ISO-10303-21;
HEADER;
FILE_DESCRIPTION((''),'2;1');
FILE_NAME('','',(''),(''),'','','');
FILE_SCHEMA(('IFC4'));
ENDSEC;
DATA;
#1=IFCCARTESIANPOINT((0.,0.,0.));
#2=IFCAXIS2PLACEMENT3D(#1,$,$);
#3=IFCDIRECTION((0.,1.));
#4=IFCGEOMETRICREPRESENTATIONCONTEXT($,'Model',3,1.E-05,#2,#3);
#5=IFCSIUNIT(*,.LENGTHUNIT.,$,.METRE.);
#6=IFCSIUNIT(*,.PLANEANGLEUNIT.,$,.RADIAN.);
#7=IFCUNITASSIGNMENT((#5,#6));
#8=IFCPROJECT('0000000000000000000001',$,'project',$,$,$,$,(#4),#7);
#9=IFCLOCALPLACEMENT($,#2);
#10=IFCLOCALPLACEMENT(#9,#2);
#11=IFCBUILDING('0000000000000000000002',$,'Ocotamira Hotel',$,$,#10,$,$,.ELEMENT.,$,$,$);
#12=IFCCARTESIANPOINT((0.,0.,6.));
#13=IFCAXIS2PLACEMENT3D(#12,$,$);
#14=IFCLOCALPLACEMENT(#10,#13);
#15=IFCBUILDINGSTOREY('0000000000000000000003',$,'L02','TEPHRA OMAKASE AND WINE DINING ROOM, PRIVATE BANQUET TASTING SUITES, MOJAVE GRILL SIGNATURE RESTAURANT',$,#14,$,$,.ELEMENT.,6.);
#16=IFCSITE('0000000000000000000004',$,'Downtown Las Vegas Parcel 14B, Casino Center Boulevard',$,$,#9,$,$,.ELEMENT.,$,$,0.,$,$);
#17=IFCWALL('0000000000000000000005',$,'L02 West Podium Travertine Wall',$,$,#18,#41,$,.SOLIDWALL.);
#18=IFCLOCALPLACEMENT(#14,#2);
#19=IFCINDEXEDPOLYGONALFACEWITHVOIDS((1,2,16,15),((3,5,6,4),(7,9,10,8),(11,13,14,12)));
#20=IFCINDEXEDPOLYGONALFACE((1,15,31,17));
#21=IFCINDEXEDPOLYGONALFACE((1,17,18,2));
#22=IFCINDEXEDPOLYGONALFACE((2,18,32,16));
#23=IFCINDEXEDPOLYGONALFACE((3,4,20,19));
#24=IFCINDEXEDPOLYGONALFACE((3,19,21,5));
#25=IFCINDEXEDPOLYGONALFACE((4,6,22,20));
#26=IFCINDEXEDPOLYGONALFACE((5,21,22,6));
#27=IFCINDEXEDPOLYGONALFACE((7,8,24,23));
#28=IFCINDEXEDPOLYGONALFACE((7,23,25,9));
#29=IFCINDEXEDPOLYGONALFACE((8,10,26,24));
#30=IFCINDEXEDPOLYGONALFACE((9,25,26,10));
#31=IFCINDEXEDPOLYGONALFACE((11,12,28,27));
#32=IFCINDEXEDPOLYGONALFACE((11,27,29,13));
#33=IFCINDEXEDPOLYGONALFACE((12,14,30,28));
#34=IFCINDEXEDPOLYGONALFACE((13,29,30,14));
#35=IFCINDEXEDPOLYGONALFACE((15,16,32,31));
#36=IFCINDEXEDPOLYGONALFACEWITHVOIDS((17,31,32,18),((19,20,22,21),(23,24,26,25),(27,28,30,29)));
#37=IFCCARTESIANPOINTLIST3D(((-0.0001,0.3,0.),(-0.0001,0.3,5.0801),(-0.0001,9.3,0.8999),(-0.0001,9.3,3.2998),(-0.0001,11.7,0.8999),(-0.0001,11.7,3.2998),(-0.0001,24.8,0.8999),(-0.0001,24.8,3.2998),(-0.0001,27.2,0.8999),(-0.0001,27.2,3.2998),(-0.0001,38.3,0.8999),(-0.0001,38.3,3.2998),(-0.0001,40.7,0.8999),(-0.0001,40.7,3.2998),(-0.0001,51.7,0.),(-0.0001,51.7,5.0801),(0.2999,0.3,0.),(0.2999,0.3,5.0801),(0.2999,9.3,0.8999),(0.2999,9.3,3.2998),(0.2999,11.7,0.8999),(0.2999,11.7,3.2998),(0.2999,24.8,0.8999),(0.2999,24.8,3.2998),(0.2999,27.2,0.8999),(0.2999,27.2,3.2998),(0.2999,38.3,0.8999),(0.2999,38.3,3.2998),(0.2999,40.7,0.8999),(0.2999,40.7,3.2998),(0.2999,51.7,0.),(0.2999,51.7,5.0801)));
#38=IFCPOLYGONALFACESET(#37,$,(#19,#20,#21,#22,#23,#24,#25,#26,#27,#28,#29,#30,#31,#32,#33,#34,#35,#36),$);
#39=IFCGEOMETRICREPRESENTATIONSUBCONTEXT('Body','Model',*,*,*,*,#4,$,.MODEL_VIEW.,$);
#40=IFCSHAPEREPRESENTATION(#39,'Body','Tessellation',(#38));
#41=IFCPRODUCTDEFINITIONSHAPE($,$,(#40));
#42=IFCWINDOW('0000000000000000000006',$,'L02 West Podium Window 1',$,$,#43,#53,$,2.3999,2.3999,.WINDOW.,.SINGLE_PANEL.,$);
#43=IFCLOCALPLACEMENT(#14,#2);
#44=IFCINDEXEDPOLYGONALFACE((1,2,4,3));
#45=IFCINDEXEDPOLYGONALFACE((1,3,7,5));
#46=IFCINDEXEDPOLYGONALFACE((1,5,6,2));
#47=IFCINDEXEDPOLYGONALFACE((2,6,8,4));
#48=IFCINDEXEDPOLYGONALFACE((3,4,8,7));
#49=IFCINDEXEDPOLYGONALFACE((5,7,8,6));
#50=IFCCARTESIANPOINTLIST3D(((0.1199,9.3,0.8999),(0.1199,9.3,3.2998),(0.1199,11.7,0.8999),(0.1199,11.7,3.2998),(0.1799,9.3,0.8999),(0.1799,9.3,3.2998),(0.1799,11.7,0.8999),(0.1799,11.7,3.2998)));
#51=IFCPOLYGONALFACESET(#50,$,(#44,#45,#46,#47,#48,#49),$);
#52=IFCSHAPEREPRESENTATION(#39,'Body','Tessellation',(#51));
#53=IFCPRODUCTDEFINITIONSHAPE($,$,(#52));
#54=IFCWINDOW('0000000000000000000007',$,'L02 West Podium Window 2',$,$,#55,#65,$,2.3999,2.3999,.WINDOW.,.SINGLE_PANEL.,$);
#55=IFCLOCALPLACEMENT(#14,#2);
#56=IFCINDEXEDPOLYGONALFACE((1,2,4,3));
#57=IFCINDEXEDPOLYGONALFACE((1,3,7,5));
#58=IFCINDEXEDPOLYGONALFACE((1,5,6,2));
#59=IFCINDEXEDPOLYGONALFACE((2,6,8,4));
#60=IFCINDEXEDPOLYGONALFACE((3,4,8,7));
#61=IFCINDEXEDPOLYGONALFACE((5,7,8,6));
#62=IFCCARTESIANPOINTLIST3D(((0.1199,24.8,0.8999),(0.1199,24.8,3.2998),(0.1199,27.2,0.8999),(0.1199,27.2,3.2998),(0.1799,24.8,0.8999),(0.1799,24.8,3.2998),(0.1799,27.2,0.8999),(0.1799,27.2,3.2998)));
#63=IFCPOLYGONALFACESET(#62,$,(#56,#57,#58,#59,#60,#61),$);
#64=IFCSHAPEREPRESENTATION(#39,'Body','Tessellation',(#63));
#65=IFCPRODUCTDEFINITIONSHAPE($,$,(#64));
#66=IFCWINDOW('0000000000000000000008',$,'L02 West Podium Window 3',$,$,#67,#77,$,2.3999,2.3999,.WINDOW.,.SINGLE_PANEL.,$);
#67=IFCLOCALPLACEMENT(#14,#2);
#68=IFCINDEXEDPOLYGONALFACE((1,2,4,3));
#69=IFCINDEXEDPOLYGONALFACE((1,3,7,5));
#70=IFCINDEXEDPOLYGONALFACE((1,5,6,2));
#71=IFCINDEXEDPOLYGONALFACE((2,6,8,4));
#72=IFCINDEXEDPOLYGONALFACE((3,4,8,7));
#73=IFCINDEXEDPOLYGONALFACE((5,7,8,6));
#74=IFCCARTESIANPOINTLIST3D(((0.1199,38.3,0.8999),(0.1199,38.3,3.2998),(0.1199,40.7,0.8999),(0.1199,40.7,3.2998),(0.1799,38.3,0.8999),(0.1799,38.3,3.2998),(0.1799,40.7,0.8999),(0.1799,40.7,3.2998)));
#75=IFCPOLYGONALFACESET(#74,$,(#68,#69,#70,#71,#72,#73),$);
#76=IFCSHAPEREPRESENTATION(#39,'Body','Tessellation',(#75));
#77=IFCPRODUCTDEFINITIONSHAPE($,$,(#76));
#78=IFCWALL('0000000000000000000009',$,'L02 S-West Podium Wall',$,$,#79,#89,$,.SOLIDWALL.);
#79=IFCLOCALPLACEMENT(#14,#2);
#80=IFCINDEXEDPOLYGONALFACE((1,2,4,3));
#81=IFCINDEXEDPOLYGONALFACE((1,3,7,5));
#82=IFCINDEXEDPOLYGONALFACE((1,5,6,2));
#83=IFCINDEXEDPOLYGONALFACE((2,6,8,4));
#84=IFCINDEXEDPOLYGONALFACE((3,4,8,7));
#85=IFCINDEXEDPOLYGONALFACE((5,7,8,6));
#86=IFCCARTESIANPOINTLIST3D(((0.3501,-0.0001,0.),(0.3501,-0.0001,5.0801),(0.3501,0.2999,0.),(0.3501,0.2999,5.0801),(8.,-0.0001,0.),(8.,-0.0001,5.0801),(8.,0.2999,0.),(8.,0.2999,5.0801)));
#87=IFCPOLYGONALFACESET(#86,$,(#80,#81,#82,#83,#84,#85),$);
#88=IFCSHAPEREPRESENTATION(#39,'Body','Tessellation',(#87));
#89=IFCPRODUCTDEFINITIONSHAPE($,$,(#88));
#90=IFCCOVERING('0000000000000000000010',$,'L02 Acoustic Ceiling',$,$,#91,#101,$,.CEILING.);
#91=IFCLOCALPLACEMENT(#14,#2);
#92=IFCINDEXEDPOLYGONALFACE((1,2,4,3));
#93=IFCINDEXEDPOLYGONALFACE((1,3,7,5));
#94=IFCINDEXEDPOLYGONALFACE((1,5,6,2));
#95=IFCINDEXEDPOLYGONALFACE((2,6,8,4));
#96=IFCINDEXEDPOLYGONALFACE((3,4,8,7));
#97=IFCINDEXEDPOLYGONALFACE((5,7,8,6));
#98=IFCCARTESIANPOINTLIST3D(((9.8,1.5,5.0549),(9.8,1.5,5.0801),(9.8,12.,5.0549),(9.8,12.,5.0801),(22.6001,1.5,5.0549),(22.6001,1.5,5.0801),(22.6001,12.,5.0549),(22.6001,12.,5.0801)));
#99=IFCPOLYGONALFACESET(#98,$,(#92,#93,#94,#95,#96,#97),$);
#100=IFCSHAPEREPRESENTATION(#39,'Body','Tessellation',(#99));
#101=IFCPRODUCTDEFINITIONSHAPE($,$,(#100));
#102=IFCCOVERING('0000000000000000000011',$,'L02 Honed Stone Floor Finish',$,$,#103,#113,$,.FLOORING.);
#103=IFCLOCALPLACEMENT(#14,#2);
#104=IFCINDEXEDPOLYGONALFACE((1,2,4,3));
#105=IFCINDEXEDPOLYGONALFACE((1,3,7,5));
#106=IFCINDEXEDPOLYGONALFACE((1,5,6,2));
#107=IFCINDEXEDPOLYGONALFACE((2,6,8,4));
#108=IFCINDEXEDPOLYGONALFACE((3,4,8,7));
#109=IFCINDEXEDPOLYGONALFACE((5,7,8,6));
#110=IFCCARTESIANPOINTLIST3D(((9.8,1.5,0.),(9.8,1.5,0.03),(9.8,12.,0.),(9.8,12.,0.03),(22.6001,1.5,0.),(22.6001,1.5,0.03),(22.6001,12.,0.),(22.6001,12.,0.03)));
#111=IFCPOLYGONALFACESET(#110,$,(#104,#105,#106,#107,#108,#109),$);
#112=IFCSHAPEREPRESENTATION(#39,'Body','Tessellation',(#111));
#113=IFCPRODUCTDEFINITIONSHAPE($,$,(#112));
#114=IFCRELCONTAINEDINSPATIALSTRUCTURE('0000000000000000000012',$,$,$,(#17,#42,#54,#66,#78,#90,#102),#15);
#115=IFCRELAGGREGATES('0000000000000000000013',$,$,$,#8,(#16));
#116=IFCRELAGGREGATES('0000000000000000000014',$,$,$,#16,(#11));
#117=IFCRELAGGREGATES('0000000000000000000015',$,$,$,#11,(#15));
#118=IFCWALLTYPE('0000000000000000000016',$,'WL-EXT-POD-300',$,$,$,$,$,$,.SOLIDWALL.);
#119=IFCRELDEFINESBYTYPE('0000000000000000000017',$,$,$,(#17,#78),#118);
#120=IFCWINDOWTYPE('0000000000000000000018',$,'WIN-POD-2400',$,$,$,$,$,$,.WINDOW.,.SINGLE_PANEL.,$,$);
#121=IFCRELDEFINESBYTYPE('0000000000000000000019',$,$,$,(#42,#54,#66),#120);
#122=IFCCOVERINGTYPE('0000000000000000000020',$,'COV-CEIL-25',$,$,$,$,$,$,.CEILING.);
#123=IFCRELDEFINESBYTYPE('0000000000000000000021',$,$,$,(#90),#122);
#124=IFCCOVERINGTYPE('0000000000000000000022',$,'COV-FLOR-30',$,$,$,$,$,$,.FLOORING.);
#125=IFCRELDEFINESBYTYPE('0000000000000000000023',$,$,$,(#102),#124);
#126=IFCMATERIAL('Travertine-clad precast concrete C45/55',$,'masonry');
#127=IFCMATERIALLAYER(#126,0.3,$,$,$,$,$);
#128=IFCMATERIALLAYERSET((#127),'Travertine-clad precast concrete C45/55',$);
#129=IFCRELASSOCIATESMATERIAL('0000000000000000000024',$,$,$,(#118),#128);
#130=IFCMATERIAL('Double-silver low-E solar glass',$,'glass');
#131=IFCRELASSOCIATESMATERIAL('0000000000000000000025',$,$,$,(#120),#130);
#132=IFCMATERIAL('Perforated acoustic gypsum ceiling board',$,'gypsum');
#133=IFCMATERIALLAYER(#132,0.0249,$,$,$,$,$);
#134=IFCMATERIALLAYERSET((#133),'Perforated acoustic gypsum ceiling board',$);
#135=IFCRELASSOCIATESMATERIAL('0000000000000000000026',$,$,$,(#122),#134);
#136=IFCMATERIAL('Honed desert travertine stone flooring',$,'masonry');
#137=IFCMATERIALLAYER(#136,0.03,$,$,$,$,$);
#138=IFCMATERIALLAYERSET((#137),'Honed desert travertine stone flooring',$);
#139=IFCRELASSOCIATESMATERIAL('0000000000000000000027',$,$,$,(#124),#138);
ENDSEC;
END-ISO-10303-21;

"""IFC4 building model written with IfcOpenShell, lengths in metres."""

from ifc_helpers import new_model, si_unit, direction, frame, frame_2d, origin, place, context, subcontext, project, spatial, polyline, rectangle, outline, extrude, source, transform, mapped, material, layer, layer_set, type_object, element, fill, save


model = new_model("IFC4")

# Units and contexts
model_context = context("Model", 3, precision=1e-05, world=origin(), true_north=direction((0.0, 1.0)))
body_context = subcontext(model_context, "Body", "Model", "MODEL_VIEW")
ifc_project = project(units=[si_unit("LENGTHUNIT", "METRE"), si_unit("PLANEANGLEUNIT", "RADIAN")], contexts=[model_context])

# Site, building, storey
site_placement = place(None, origin())
site = spatial("IfcSite", under=ifc_project, at=site_placement, Name="Downtown Las Vegas Parcel 14B, Casino Center Boulevard", CompositionType="ELEMENT", RefElevation=0.0)
building_placement = place(site_placement, origin())
building = spatial("IfcBuilding", under=site, at=building_placement, Name="Ocotamira Hotel", CompositionType="ELEMENT")
storey_placement = place(building_placement, frame((0.0, 0.0, 6.0)))
storey = spatial("IfcBuildingStorey", under=building, at=storey_placement, Name="L02", Description="TEPHRA OMAKASE AND WINE DINING ROOM, PRIVATE BANQUET TASTING SUITES, MOJAVE GRILL SIGNATURE RESTAURANT", CompositionType="ELEMENT", Elevation=6.0)

# Wall, openings, windows
ifc_material_1 = material(Name="Travertine-clad precast concrete C45/55", Category="masonry")
ifc_layer_1 = layer(ifc_material_1, 0.3)
ifc_layer_set_1 = layer_set([ifc_layer_1], Name="Travertine-clad precast concrete C45/55")
wall_type = type_object("IfcWallType", Name="WL-EXT-POD-300", PredefinedType="SOLIDWALL", material=ifc_layer_set_1)
wall_1_placement = place(storey_placement, frame((0.1499, 0.3, 0.0), z_axis=(0.0, 0.0, 1.0), x_axis=(0.0, 1.0, 0.0)))
wall_1 = element("IfcWall", 1, at=wall_1_placement, inside=storey, type_object=wall_type, Name="L02 West Podium Travertine Wall", PredefinedType="SOLIDWALL", context=body_context, shape_type="SweptSolid", body=[
    extrude(rectangle(XDim=51.3999, YDim=0.3, at=frame_2d((25.7, 0.0))), origin(), (0.0, 0.0, 1.0), 5.0801),
])
opening_1_placement = place(wall_1_placement, frame((9.0, 0.0, 0.8999)))
opening_1 = element("IfcOpeningElement", 2, at=opening_1_placement, cuts=wall_1, PredefinedType="OPENING", context=body_context, shape_type="SweptSolid", body=[
    extrude(rectangle(XDim=2.3999, YDim=2.3999, at=frame_2d((1.2, 1.2))), frame((0.0, 0.1602, 0.0), z_axis=(0.0, -1.0, 0.0), x_axis=(1.0, 0.0, 0.0)), (0.0, 0.0, 1.0), 0.3201),
])
opening_2_placement = place(wall_1_placement, frame((24.5, 0.0, 0.8999)))
opening_2 = element("IfcOpeningElement", 3, at=opening_2_placement, cuts=wall_1, PredefinedType="OPENING", context=body_context, shape_type="SweptSolid", body=[
    extrude(rectangle(XDim=2.3999, YDim=2.3999, at=frame_2d((1.2, 1.2))), frame((0.0, 0.1602, 0.0), z_axis=(0.0, -1.0, 0.0), x_axis=(1.0, 0.0, 0.0)), (0.0, 0.0, 1.0), 0.3201),
])
opening_3_placement = place(wall_1_placement, frame((38.0, 0.0, 0.8999)))
opening_3 = element("IfcOpeningElement", 4, at=opening_3_placement, cuts=wall_1, PredefinedType="OPENING", context=body_context, shape_type="SweptSolid", body=[
    extrude(rectangle(XDim=2.3999, YDim=2.3999, at=frame_2d((1.2, 1.2))), frame((0.0, 0.1602, 0.0), z_axis=(0.0, -1.0, 0.0), x_axis=(1.0, 0.0, 0.0)), (0.0, 0.0, 1.0), 0.3201),
])
ifc_material_2 = material(Name="Double-silver low-E solar glass", Category="glass")
window_type = type_object("IfcWindowType", Name="WIN-POD-2400", PartitioningType="SINGLE_PANEL", PredefinedType="WINDOW", material=ifc_material_2)
shared_shape_1 = source(origin(), body_context, "Body", "SweptSolid", [
    extrude(rectangle(XDim=2.3999, YDim=2.3999, at=frame_2d((1.2, 1.2))), frame((0.0, 0.03, 0.0), z_axis=(0.0, -1.0, 0.0), x_axis=(1.0, 0.0, 0.0)), (0.0, 0.0, 1.0), 0.0601),
])
window_1_placement = place(opening_1_placement, origin())
window_1 = element("IfcWindow", 5, at=window_1_placement, inside=storey, type_object=window_type, Name="L02 West Podium Window 1", OverallHeight=2.3999, OverallWidth=2.3999, PartitioningType="SINGLE_PANEL", PredefinedType="WINDOW", context=body_context, shape_type="MappedRepresentation", body=[
    mapped(shared_shape_1, transform((0.0, 0.0, 0.0), scale=1.0)),
])
fill(opening_1, window_1)
window_2_placement = place(opening_2_placement, origin())
window_2 = element("IfcWindow", 6, at=window_2_placement, inside=storey, type_object=window_type, Name="L02 West Podium Window 2", OverallHeight=2.3999, OverallWidth=2.3999, PartitioningType="SINGLE_PANEL", PredefinedType="WINDOW", context=body_context, shape_type="MappedRepresentation", body=[
    mapped(shared_shape_1, transform((0.0, 0.0, 0.0), scale=1.0)),
])
fill(opening_2, window_2)
window_3_placement = place(opening_3_placement, origin())
window_3 = element("IfcWindow", 7, at=window_3_placement, inside=storey, type_object=window_type, Name="L02 West Podium Window 3", OverallHeight=2.3999, OverallWidth=2.3999, PartitioningType="SINGLE_PANEL", PredefinedType="WINDOW", context=body_context, shape_type="MappedRepresentation", body=[
    mapped(shared_shape_1, transform((0.0, 0.0, 0.0), scale=1.0)),
])
fill(opening_3, window_3)

# Wall
wall_2_placement = place(storey_placement, frame((8.0, 0.1499, 0.0), z_axis=(0.0, 0.0, 1.0), x_axis=(-1.0, 0.0, 0.0)))
element("IfcWall", 8, at=wall_2_placement, inside=storey, type_object=wall_type, Name="L02 S-West Podium Wall", PredefinedType="SOLIDWALL", context=body_context, shape_type="SweptSolid", body=[
    extrude(rectangle(XDim=7.6499, YDim=0.3, at=frame_2d((3.825, 0.0))), origin(), (0.0, 0.0, 1.0), 5.0801),
])

# Coverings
ifc_material_3 = material(Name="Perforated acoustic gypsum ceiling board", Category="gypsum")
ifc_layer_2 = layer(ifc_material_3, 0.0249)
ifc_layer_set_2 = layer_set([ifc_layer_2], Name="Perforated acoustic gypsum ceiling board")
covering_type_1 = type_object("IfcCoveringType", Name="COV-CEIL-25", PredefinedType="CEILING", material=ifc_layer_set_2)
covering_1_placement = place(storey_placement, frame((0.0, 0.0, 5.0549)))
element("IfcCovering", 9, at=covering_1_placement, inside=storey, type_object=covering_type_1, Name="L02 Acoustic Ceiling", PredefinedType="CEILING", context=body_context, shape_type="SweptSolid", body=[
    extrude(outline(polyline([(9.8, 1.5), (22.6001, 1.5), (22.6001, 12.0), (9.8, 12.0), (9.8, 1.5)])), origin(), (0.0, 0.0, 1.0), 0.0251),
])
ifc_material_4 = material(Name="Honed desert travertine stone flooring", Category="masonry")
ifc_layer_3 = layer(ifc_material_4, 0.03)
ifc_layer_set_3 = layer_set([ifc_layer_3], Name="Honed desert travertine stone flooring")
covering_type_2 = type_object("IfcCoveringType", Name="COV-FLOR-30", PredefinedType="FLOORING", material=ifc_layer_set_3)
covering_2_placement = place(storey_placement, origin())
element("IfcCovering", 10, at=covering_2_placement, inside=storey, type_object=covering_type_2, Name="L02 Honed Stone Floor Finish", PredefinedType="FLOORING", context=body_context, shape_type="SweptSolid", body=[
    extrude(outline(polyline([(9.8, 1.5), (22.6001, 1.5), (22.6001, 12.0), (9.8, 12.0), (9.8, 1.5)])), origin(), (0.0, 0.0, 1.0), 0.03),
])

save(model, "model.ifc")
